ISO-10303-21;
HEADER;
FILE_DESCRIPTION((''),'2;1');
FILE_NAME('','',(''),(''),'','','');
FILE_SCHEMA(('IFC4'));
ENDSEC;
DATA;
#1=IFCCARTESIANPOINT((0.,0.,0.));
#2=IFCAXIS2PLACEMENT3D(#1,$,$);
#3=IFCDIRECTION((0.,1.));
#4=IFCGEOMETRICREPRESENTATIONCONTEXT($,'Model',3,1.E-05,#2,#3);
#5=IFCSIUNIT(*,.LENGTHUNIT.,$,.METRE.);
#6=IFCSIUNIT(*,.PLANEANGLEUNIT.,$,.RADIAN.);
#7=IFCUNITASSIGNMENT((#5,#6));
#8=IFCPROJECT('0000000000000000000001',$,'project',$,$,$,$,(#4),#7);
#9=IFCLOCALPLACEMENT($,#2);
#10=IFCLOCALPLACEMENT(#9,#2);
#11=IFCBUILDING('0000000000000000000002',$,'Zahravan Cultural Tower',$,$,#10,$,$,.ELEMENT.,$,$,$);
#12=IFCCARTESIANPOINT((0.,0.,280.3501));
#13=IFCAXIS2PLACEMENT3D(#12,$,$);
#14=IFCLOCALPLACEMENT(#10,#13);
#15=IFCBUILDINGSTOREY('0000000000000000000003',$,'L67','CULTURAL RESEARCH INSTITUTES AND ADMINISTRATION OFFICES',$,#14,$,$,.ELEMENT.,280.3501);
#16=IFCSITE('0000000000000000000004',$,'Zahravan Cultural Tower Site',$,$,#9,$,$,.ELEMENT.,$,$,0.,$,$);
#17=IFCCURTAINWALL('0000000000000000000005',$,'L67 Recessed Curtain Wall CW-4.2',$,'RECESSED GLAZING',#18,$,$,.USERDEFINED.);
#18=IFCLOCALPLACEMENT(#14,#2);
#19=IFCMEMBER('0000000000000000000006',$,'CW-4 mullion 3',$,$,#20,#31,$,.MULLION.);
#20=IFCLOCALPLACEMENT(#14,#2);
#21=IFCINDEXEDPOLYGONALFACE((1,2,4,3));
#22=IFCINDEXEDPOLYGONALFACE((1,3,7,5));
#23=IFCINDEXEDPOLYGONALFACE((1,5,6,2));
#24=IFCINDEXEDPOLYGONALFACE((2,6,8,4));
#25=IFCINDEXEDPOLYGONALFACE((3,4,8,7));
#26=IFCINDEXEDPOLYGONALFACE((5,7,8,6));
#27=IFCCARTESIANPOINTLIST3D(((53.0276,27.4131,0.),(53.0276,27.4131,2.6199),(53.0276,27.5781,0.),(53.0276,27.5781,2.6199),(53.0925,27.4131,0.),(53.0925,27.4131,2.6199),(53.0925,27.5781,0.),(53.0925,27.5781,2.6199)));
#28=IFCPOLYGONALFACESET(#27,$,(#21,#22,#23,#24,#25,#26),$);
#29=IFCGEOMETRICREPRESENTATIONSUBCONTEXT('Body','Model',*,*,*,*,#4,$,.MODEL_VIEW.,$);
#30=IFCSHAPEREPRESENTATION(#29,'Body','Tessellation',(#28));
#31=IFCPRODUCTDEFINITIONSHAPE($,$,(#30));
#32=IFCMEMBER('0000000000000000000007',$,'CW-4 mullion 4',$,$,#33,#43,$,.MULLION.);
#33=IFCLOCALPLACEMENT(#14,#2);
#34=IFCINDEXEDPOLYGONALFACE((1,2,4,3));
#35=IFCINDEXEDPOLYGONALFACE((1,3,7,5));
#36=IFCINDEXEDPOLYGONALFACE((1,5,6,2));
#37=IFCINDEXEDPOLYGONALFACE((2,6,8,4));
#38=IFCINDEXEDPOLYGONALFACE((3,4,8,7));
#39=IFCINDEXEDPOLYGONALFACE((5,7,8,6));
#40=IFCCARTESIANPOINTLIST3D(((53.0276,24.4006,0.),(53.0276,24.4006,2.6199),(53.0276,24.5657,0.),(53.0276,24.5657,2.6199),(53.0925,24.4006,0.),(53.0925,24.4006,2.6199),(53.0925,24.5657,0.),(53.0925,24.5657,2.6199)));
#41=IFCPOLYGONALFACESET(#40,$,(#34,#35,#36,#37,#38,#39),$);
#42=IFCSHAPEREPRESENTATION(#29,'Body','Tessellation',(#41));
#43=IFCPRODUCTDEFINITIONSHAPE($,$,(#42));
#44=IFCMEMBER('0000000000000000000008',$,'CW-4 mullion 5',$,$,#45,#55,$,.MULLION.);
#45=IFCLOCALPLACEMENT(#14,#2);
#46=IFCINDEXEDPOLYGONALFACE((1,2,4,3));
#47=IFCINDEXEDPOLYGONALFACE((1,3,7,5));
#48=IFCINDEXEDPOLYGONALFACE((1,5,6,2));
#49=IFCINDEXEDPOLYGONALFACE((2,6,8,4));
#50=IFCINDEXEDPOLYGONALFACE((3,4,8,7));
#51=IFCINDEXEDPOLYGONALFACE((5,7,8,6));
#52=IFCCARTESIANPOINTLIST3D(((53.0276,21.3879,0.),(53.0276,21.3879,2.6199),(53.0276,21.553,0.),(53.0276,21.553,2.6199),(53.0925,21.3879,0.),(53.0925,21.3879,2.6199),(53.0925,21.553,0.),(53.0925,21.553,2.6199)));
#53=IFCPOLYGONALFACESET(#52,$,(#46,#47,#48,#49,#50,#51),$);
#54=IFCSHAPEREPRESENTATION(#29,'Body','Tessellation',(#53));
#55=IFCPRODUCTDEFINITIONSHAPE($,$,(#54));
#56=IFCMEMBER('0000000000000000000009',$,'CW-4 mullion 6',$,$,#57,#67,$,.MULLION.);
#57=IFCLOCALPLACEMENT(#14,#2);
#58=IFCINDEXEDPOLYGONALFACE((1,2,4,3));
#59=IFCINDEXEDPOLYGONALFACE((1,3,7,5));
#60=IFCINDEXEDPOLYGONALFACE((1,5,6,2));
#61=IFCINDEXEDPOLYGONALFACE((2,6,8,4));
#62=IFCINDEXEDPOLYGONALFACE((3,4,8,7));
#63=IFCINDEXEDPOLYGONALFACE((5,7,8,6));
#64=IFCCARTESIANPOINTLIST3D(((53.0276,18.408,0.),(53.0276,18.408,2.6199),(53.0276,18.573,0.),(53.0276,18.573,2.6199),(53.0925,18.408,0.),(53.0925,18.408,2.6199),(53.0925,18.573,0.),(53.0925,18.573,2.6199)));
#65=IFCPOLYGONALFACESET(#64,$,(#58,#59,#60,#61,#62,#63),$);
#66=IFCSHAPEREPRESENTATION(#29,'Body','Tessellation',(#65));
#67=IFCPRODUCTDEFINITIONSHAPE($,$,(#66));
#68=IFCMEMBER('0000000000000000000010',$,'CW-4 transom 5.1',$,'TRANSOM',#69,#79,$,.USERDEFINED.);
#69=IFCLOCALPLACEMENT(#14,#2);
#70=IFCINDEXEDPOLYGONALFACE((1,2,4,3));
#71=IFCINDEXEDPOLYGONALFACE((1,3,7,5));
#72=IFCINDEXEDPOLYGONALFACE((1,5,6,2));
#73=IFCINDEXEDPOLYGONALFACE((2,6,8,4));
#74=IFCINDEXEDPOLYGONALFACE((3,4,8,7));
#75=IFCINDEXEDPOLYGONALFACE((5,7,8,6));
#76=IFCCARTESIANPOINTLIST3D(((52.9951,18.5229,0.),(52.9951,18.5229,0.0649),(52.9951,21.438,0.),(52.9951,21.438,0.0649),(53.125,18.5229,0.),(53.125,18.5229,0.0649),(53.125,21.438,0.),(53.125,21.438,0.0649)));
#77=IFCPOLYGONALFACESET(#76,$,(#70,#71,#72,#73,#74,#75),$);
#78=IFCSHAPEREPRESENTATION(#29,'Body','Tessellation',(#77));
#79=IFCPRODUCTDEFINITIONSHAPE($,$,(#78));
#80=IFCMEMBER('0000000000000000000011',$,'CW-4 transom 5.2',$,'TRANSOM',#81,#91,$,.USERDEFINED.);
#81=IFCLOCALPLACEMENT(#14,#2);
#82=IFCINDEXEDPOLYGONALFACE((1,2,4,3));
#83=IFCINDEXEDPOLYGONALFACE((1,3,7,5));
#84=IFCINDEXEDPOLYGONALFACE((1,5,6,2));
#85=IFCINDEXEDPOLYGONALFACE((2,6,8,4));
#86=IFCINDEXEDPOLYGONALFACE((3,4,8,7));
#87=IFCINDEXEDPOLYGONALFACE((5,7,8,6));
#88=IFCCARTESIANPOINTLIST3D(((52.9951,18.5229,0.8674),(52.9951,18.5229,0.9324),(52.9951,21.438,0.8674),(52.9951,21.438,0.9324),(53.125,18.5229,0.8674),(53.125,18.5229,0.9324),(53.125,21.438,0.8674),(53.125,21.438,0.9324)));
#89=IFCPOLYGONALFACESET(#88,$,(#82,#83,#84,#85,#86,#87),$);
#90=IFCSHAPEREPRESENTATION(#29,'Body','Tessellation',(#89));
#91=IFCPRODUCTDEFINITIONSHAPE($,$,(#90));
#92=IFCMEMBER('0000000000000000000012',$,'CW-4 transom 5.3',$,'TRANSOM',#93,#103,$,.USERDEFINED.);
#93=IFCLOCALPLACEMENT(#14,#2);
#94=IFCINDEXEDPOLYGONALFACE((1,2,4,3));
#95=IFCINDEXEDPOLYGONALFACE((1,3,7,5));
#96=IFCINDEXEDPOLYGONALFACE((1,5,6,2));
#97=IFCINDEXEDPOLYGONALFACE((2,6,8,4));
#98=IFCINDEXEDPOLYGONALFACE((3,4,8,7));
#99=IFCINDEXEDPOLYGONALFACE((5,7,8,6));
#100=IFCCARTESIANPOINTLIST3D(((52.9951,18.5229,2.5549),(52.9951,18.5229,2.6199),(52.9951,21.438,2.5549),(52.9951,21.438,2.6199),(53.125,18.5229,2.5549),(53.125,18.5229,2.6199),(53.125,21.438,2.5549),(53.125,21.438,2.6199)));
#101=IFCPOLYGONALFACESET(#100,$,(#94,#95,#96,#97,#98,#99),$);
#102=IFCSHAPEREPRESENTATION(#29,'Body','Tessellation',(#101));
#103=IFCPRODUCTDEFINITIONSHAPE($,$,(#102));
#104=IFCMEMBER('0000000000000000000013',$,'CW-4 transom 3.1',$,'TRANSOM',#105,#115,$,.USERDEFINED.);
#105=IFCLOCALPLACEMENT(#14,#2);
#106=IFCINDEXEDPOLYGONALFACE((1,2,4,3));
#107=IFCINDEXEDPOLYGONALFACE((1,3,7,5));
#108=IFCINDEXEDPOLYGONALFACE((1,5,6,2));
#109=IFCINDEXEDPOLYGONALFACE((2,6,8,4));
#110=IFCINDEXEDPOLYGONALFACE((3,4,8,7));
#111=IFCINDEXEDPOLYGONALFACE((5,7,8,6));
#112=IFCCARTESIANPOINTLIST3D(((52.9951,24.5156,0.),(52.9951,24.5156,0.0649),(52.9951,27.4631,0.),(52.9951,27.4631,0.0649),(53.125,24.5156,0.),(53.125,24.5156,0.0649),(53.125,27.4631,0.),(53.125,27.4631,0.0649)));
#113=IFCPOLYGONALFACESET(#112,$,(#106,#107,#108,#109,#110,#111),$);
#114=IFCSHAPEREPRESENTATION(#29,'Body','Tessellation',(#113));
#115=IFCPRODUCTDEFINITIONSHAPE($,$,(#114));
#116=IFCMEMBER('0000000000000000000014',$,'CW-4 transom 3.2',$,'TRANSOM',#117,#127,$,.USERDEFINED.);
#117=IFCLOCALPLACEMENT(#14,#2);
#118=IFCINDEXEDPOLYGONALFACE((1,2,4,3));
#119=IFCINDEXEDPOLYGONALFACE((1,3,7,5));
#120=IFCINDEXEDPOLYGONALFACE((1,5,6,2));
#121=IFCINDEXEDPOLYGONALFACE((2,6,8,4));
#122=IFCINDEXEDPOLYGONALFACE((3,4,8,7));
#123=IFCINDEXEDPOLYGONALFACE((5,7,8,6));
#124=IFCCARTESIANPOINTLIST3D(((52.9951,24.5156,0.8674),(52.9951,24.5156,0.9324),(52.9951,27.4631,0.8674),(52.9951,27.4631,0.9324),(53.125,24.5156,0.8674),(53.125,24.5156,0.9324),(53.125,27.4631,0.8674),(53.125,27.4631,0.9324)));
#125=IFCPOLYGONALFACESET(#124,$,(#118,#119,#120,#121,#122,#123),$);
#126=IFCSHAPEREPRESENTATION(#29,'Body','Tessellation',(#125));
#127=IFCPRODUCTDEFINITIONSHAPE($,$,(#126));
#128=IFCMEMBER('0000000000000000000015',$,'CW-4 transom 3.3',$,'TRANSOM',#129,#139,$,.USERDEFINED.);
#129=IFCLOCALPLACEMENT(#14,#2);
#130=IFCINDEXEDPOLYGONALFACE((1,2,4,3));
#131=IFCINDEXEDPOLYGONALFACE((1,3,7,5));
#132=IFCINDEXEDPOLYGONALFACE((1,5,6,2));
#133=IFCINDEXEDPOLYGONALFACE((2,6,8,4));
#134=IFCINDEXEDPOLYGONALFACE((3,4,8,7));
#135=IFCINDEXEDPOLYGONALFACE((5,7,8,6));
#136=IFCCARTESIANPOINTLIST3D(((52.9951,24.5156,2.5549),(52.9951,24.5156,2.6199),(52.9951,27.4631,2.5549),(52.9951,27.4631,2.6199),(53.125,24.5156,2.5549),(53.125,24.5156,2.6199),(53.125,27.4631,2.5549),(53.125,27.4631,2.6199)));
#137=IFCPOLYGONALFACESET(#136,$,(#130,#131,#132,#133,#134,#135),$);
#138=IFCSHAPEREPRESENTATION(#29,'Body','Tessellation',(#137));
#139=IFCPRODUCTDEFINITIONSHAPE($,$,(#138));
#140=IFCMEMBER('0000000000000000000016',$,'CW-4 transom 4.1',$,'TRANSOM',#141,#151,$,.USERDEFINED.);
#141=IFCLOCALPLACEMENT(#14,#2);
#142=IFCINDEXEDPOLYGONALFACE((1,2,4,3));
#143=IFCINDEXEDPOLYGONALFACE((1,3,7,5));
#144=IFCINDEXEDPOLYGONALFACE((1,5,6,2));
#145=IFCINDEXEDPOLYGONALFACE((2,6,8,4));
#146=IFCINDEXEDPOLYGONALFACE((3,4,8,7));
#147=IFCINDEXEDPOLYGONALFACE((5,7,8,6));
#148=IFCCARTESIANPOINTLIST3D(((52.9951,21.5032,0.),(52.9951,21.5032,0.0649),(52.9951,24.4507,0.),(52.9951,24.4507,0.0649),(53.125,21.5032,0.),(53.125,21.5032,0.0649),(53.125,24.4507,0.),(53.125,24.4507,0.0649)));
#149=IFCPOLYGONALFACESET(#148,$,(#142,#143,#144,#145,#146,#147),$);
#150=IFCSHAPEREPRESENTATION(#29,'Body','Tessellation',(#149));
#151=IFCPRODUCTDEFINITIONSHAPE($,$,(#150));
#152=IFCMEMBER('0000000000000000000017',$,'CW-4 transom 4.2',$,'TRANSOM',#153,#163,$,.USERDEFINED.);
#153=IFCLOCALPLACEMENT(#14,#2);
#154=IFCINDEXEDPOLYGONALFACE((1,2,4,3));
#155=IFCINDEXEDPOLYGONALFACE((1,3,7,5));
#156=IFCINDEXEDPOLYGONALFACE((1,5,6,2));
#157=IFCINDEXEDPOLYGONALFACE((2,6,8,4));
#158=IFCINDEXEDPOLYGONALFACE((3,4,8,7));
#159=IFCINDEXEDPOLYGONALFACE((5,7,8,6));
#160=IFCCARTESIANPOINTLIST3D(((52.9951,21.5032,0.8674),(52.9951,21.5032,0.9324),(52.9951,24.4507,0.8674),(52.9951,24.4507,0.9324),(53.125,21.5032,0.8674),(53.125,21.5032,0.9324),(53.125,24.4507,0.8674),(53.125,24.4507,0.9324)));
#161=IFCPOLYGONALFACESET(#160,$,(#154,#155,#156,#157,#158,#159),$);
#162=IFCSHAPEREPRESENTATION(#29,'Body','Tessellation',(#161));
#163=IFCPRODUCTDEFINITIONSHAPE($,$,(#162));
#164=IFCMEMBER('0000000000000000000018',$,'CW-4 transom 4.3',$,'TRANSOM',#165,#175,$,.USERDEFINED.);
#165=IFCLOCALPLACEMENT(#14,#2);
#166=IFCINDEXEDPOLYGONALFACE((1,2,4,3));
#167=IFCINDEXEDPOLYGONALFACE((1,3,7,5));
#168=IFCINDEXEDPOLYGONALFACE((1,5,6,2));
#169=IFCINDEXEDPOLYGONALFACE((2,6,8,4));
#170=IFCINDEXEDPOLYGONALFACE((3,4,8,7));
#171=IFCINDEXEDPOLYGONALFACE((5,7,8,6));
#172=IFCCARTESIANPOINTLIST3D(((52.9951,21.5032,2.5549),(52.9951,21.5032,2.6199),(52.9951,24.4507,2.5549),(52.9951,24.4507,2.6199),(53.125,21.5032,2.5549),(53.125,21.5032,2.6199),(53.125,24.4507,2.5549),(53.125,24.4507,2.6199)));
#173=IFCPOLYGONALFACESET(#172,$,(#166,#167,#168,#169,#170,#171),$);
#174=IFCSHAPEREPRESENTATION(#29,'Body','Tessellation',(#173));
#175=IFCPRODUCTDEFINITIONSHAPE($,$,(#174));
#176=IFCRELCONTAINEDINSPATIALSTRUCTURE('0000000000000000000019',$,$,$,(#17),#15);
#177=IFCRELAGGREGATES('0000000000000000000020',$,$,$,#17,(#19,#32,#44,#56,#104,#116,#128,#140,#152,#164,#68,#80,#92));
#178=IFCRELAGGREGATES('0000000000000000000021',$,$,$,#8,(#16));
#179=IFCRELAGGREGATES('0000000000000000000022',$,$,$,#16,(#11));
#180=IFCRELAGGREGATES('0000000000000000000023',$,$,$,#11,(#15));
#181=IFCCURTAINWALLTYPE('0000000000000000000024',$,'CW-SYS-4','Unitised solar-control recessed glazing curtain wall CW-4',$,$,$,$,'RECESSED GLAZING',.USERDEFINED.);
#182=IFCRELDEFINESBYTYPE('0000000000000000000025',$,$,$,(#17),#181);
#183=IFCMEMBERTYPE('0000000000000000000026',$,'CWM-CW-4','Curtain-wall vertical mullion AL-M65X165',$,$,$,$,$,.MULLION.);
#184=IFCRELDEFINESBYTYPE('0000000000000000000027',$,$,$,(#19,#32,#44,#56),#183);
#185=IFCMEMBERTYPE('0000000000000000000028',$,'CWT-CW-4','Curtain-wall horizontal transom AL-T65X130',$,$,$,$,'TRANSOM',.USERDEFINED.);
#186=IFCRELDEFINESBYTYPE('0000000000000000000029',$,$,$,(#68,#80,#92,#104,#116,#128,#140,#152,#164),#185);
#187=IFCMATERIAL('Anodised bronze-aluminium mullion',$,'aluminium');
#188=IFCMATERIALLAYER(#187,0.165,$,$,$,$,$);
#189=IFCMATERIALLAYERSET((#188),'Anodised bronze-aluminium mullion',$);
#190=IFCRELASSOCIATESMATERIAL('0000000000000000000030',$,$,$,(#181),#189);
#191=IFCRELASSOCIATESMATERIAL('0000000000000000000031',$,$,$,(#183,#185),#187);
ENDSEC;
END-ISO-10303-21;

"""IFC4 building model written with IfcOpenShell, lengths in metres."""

from ifc_helpers import new_model, si_unit, direction, frame, origin, origin_2d, place, context, subcontext, project, spatial, rectangle, extrude, source, transform, mapped, material, layer, layer_set, material_profile, profile_set, type_object, element, aggregate, save


model = new_model("IFC4")

# Units and contexts
model_context = context("Model", 3, precision=1e-05, world=origin(), true_north=direction((0.0, 1.0)))
body_context = subcontext(model_context, "Body", "Model", "MODEL_VIEW")
ifc_project = project(units=[si_unit("LENGTHUNIT", "METRE"), si_unit("PLANEANGLEUNIT", "RADIAN")], contexts=[model_context])

# Site, building, storey
site_placement = place(None, origin())
site = spatial("IfcSite", under=ifc_project, at=site_placement, Name="Zahravan Cultural Tower Site", CompositionType="ELEMENT", RefElevation=0.0)
building_placement = place(site_placement, origin())
building = spatial("IfcBuilding", under=site, at=building_placement, Name="Zahravan Cultural Tower", CompositionType="ELEMENT")
storey_placement = place(building_placement, frame((0.0, 0.0, 280.3501)))
storey = spatial("IfcBuildingStorey", under=building, at=storey_placement, Name="L67", Description="CULTURAL RESEARCH INSTITUTES AND ADMINISTRATION OFFICES", CompositionType="ELEMENT", Elevation=280.3501)

# Curtain wall, members
ifc_material_1 = material(Name="Anodised bronze-aluminium mullion", Category="aluminium")
ifc_layer_1 = layer(ifc_material_1, 0.165)
ifc_layer_set_1 = layer_set([ifc_layer_1], Name="Anodised bronze-aluminium mullion")
curtain_wall_type = type_object("IfcCurtainWallType", Name="CW-SYS-4", Description="Unitised solar-control recessed glazing curtain wall CW-4", ElementType="RECESSED GLAZING", PredefinedType="USERDEFINED", material=ifc_layer_set_1)
curtain_wall_placement = place(storey_placement, origin())
curtain_wall = element("IfcCurtainWall", 1, at=curtain_wall_placement, inside=storey, type_object=curtain_wall_type, Name="L67 Recessed Curtain Wall CW-4.2", ObjectType="RECESSED GLAZING", PredefinedType="USERDEFINED")
ifc_material_profile_1 = material_profile(ifc_material_1, rectangle(XDim=0.0649, YDim=0.165, at=origin_2d()), Name="AL-M65X165")
ifc_profile_set_1 = profile_set([ifc_material_profile_1], Name="Anodised bronze-aluminium mullion")
member_type_1 = type_object("IfcMemberType", Name="CWM-CW-4", Description="Curtain-wall vertical mullion AL-M65X165", PredefinedType="MULLION", material=ifc_profile_set_1)
shared_shape_1 = source(origin(), body_context, "Body", "SweptSolid", [
    extrude(rectangle(XDim=0.0649, YDim=0.165, at=origin_2d()), origin(), (0.0, 0.0, 1.0), 2.6199),
])
member_1_placement = place(storey_placement, frame((53.0601, 27.4956, 0.0), z_axis=(0.0, 0.0, 1.0), x_axis=(1.0, 0.0, 0.0)))
member_1 = element("IfcMember", 2, at=member_1_placement, type_object=member_type_1, Name="CW-4 mullion 3", PredefinedType="MULLION", context=body_context, shape_type="MappedRepresentation", body=[
    mapped(shared_shape_1, transform((0.0, 0.0, 0.0), x_axis=(1.0, 0.0, 0.0), y_axis=(0.0, 1.0, 0.0), z_axis=(0.0, 0.0, 1.0), scale=1.0)),
])
member_2_placement = place(storey_placement, frame((53.0601, 24.4832, 0.0), z_axis=(0.0, 0.0, 1.0), x_axis=(1.0, 0.0, 0.0)))
member_2 = element("IfcMember", 3, at=member_2_placement, type_object=member_type_1, Name="CW-4 mullion 4", PredefinedType="MULLION", context=body_context, shape_type="MappedRepresentation", body=[
    mapped(shared_shape_1, transform((0.0, 0.0, 0.0), x_axis=(1.0, 0.0, 0.0), y_axis=(0.0, 1.0, 0.0), z_axis=(0.0, 0.0, 1.0), scale=1.0)),
])
member_3_placement = place(storey_placement, frame((53.0601, 21.4705, 0.0), z_axis=(0.0, 0.0, 1.0), x_axis=(1.0, 0.0, 0.0)))
member_3 = element("IfcMember", 4, at=member_3_placement, type_object=member_type_1, Name="CW-4 mullion 5", PredefinedType="MULLION", context=body_context, shape_type="MappedRepresentation", body=[
    mapped(shared_shape_1, transform((0.0, 0.0, 0.0), x_axis=(1.0, 0.0, 0.0), y_axis=(0.0, 1.0, 0.0), z_axis=(0.0, 0.0, 1.0), scale=1.0)),
])
member_4_placement = place(storey_placement, frame((53.0601, 18.4905, 0.0), z_axis=(0.0, 0.0, 1.0), x_axis=(1.0, 0.0, 0.0)))
member_4 = element("IfcMember", 5, at=member_4_placement, type_object=member_type_1, Name="CW-4 mullion 6", PredefinedType="MULLION", context=body_context, shape_type="MappedRepresentation", body=[
    mapped(shared_shape_1, transform((0.0, 0.0, 0.0), x_axis=(1.0, 0.0, 0.0), y_axis=(0.0, 1.0, 0.0), z_axis=(0.0, 0.0, 1.0), scale=1.0)),
])
ifc_material_profile_2 = material_profile(ifc_material_1, rectangle(XDim=0.1299, YDim=0.0649, at=origin_2d()), Name="AL-T65X130")
ifc_profile_set_2 = profile_set([ifc_material_profile_2], Name="Anodised bronze-aluminium mullion")
member_type_2 = type_object("IfcMemberType", Name="CWT-CW-4", Description="Curtain-wall horizontal transom AL-T65X130", ElementType="TRANSOM", PredefinedType="USERDEFINED", material=ifc_profile_set_2)
shared_shape_2 = source(origin(), body_context, "Body", "SweptSolid", [
    extrude(rectangle(XDim=0.1299, YDim=0.0649, at=origin_2d()), origin(), (0.0, 0.0, 1.0), 2.915),
])
member_5_placement = place(storey_placement, frame((53.0601, 21.438, 0.0325), z_axis=(0.0, -1.0, 0.0), x_axis=(1.0, 0.0, 0.0)))
member_5 = element("IfcMember", 6, at=member_5_placement, type_object=member_type_2, Name="CW-4 transom 5.1", ObjectType="TRANSOM", PredefinedType="USERDEFINED", context=body_context, shape_type="MappedRepresentation", body=[
    mapped(shared_shape_2, transform((0.0, 0.0, 0.0), x_axis=(1.0, 0.0, 0.0), y_axis=(0.0, 1.0, 0.0), z_axis=(0.0, 0.0, 1.0), scale=1.0)),
])
member_6_placement = place(storey_placement, frame((53.0601, 21.438, 0.8999), z_axis=(0.0, -1.0, 0.0), x_axis=(1.0, 0.0, 0.0)))
member_6 = element("IfcMember", 7, at=member_6_placement, type_object=member_type_2, Name="CW-4 transom 5.2", ObjectType="TRANSOM", PredefinedType="USERDEFINED", context=body_context, shape_type="MappedRepresentation", body=[
    mapped(shared_shape_2, transform((0.0, 0.0, 0.0), x_axis=(1.0, 0.0, 0.0), y_axis=(0.0, 1.0, 0.0), z_axis=(0.0, 0.0, 1.0), scale=1.0)),
])
member_7_placement = place(storey_placement, frame((53.0601, 21.438, 2.5874), z_axis=(0.0, -1.0, 0.0), x_axis=(1.0, 0.0, 0.0)))
member_7 = element("IfcMember", 8, at=member_7_placement, type_object=member_type_2, Name="CW-4 transom 5.3", ObjectType="TRANSOM", PredefinedType="USERDEFINED", context=body_context, shape_type="MappedRepresentation", body=[
    mapped(shared_shape_2, transform((0.0, 0.0, 0.0), x_axis=(1.0, 0.0, 0.0), y_axis=(0.0, 1.0, 0.0), z_axis=(0.0, 0.0, 1.0), scale=1.0)),
])
shared_shape_3 = source(origin(), body_context, "Body", "SweptSolid", [
    extrude(rectangle(XDim=0.1299, YDim=0.0649, at=origin_2d()), origin(), (0.0, 0.0, 1.0), 2.9475),
])
member_8_placement = place(storey_placement, frame((53.0601, 27.4631, 0.0325), z_axis=(0.0, -1.0, 0.0), x_axis=(1.0, 0.0, 0.0)))
member_8 = element("IfcMember", 9, at=member_8_placement, type_object=member_type_2, Name="CW-4 transom 3.1", ObjectType="TRANSOM", PredefinedType="USERDEFINED", context=body_context, shape_type="MappedRepresentation", body=[
    mapped(shared_shape_3, transform((0.0, 0.0, 0.0), x_axis=(1.0, 0.0, 0.0), y_axis=(0.0, 1.0, 0.0), z_axis=(0.0, 0.0, 1.0), scale=1.0)),
])
member_9_placement = place(storey_placement, frame((53.0601, 27.4631, 0.8999), z_axis=(0.0, -1.0, 0.0), x_axis=(1.0, 0.0, 0.0)))
member_9 = element("IfcMember", 10, at=member_9_placement, type_object=member_type_2, Name="CW-4 transom 3.2", ObjectType="TRANSOM", PredefinedType="USERDEFINED", context=body_context, shape_type="MappedRepresentation", body=[
    mapped(shared_shape_3, transform((0.0, 0.0, 0.0), x_axis=(1.0, 0.0, 0.0), y_axis=(0.0, 1.0, 0.0), z_axis=(0.0, 0.0, 1.0), scale=1.0)),
])
member_10_placement = place(storey_placement, frame((53.0601, 27.4631, 2.5874), z_axis=(0.0, -1.0, 0.0), x_axis=(1.0, 0.0, 0.0)))
member_10 = element("IfcMember", 11, at=member_10_placement, type_object=member_type_2, Name="CW-4 transom 3.3", ObjectType="TRANSOM", PredefinedType="USERDEFINED", context=body_context, shape_type="MappedRepresentation", body=[
    mapped(shared_shape_3, transform((0.0, 0.0, 0.0), x_axis=(1.0, 0.0, 0.0), y_axis=(0.0, 1.0, 0.0), z_axis=(0.0, 0.0, 1.0), scale=1.0)),
])
member_11_placement = place(storey_placement, frame((53.0601, 24.4507, 0.0325), z_axis=(0.0, -1.0, 0.0), x_axis=(1.0, 0.0, 0.0)))
member_11 = element("IfcMember", 12, at=member_11_placement, type_object=member_type_2, Name="CW-4 transom 4.1", ObjectType="TRANSOM", PredefinedType="USERDEFINED", context=body_context, shape_type="MappedRepresentation", body=[
    mapped(shared_shape_3, transform((0.0, 0.0, 0.0), x_axis=(1.0, 0.0, 0.0), y_axis=(0.0, 1.0, 0.0), z_axis=(0.0, 0.0, 1.0), scale=1.0)),
])
member_12_placement = place(storey_placement, frame((53.0601, 24.4507, 0.8999), z_axis=(0.0, -1.0, 0.0), x_axis=(1.0, 0.0, 0.0)))
member_12 = element("IfcMember", 13, at=member_12_placement, type_object=member_type_2, Name="CW-4 transom 4.2", ObjectType="TRANSOM", PredefinedType="USERDEFINED", context=body_context, shape_type="MappedRepresentation", body=[
    mapped(shared_shape_3, transform((0.0, 0.0, 0.0), x_axis=(1.0, 0.0, 0.0), y_axis=(0.0, 1.0, 0.0), z_axis=(0.0, 0.0, 1.0), scale=1.0)),
])
member_13_placement = place(storey_placement, frame((53.0601, 24.4507, 2.5874), z_axis=(0.0, -1.0, 0.0), x_axis=(1.0, 0.0, 0.0)))
member_13 = element("IfcMember", 14, at=member_13_placement, type_object=member_type_2, Name="CW-4 transom 4.3", ObjectType="TRANSOM", PredefinedType="USERDEFINED", context=body_context, shape_type="MappedRepresentation", body=[
    mapped(shared_shape_3, transform((0.0, 0.0, 0.0), x_axis=(1.0, 0.0, 0.0), y_axis=(0.0, 1.0, 0.0), z_axis=(0.0, 0.0, 1.0), scale=1.0)),
])
aggregate(curtain_wall, [member_1, member_2, member_3, member_4, member_8, member_9, member_10, member_11, member_12, member_13, member_5, member_6, member_7])

save(model, "model.ifc")
